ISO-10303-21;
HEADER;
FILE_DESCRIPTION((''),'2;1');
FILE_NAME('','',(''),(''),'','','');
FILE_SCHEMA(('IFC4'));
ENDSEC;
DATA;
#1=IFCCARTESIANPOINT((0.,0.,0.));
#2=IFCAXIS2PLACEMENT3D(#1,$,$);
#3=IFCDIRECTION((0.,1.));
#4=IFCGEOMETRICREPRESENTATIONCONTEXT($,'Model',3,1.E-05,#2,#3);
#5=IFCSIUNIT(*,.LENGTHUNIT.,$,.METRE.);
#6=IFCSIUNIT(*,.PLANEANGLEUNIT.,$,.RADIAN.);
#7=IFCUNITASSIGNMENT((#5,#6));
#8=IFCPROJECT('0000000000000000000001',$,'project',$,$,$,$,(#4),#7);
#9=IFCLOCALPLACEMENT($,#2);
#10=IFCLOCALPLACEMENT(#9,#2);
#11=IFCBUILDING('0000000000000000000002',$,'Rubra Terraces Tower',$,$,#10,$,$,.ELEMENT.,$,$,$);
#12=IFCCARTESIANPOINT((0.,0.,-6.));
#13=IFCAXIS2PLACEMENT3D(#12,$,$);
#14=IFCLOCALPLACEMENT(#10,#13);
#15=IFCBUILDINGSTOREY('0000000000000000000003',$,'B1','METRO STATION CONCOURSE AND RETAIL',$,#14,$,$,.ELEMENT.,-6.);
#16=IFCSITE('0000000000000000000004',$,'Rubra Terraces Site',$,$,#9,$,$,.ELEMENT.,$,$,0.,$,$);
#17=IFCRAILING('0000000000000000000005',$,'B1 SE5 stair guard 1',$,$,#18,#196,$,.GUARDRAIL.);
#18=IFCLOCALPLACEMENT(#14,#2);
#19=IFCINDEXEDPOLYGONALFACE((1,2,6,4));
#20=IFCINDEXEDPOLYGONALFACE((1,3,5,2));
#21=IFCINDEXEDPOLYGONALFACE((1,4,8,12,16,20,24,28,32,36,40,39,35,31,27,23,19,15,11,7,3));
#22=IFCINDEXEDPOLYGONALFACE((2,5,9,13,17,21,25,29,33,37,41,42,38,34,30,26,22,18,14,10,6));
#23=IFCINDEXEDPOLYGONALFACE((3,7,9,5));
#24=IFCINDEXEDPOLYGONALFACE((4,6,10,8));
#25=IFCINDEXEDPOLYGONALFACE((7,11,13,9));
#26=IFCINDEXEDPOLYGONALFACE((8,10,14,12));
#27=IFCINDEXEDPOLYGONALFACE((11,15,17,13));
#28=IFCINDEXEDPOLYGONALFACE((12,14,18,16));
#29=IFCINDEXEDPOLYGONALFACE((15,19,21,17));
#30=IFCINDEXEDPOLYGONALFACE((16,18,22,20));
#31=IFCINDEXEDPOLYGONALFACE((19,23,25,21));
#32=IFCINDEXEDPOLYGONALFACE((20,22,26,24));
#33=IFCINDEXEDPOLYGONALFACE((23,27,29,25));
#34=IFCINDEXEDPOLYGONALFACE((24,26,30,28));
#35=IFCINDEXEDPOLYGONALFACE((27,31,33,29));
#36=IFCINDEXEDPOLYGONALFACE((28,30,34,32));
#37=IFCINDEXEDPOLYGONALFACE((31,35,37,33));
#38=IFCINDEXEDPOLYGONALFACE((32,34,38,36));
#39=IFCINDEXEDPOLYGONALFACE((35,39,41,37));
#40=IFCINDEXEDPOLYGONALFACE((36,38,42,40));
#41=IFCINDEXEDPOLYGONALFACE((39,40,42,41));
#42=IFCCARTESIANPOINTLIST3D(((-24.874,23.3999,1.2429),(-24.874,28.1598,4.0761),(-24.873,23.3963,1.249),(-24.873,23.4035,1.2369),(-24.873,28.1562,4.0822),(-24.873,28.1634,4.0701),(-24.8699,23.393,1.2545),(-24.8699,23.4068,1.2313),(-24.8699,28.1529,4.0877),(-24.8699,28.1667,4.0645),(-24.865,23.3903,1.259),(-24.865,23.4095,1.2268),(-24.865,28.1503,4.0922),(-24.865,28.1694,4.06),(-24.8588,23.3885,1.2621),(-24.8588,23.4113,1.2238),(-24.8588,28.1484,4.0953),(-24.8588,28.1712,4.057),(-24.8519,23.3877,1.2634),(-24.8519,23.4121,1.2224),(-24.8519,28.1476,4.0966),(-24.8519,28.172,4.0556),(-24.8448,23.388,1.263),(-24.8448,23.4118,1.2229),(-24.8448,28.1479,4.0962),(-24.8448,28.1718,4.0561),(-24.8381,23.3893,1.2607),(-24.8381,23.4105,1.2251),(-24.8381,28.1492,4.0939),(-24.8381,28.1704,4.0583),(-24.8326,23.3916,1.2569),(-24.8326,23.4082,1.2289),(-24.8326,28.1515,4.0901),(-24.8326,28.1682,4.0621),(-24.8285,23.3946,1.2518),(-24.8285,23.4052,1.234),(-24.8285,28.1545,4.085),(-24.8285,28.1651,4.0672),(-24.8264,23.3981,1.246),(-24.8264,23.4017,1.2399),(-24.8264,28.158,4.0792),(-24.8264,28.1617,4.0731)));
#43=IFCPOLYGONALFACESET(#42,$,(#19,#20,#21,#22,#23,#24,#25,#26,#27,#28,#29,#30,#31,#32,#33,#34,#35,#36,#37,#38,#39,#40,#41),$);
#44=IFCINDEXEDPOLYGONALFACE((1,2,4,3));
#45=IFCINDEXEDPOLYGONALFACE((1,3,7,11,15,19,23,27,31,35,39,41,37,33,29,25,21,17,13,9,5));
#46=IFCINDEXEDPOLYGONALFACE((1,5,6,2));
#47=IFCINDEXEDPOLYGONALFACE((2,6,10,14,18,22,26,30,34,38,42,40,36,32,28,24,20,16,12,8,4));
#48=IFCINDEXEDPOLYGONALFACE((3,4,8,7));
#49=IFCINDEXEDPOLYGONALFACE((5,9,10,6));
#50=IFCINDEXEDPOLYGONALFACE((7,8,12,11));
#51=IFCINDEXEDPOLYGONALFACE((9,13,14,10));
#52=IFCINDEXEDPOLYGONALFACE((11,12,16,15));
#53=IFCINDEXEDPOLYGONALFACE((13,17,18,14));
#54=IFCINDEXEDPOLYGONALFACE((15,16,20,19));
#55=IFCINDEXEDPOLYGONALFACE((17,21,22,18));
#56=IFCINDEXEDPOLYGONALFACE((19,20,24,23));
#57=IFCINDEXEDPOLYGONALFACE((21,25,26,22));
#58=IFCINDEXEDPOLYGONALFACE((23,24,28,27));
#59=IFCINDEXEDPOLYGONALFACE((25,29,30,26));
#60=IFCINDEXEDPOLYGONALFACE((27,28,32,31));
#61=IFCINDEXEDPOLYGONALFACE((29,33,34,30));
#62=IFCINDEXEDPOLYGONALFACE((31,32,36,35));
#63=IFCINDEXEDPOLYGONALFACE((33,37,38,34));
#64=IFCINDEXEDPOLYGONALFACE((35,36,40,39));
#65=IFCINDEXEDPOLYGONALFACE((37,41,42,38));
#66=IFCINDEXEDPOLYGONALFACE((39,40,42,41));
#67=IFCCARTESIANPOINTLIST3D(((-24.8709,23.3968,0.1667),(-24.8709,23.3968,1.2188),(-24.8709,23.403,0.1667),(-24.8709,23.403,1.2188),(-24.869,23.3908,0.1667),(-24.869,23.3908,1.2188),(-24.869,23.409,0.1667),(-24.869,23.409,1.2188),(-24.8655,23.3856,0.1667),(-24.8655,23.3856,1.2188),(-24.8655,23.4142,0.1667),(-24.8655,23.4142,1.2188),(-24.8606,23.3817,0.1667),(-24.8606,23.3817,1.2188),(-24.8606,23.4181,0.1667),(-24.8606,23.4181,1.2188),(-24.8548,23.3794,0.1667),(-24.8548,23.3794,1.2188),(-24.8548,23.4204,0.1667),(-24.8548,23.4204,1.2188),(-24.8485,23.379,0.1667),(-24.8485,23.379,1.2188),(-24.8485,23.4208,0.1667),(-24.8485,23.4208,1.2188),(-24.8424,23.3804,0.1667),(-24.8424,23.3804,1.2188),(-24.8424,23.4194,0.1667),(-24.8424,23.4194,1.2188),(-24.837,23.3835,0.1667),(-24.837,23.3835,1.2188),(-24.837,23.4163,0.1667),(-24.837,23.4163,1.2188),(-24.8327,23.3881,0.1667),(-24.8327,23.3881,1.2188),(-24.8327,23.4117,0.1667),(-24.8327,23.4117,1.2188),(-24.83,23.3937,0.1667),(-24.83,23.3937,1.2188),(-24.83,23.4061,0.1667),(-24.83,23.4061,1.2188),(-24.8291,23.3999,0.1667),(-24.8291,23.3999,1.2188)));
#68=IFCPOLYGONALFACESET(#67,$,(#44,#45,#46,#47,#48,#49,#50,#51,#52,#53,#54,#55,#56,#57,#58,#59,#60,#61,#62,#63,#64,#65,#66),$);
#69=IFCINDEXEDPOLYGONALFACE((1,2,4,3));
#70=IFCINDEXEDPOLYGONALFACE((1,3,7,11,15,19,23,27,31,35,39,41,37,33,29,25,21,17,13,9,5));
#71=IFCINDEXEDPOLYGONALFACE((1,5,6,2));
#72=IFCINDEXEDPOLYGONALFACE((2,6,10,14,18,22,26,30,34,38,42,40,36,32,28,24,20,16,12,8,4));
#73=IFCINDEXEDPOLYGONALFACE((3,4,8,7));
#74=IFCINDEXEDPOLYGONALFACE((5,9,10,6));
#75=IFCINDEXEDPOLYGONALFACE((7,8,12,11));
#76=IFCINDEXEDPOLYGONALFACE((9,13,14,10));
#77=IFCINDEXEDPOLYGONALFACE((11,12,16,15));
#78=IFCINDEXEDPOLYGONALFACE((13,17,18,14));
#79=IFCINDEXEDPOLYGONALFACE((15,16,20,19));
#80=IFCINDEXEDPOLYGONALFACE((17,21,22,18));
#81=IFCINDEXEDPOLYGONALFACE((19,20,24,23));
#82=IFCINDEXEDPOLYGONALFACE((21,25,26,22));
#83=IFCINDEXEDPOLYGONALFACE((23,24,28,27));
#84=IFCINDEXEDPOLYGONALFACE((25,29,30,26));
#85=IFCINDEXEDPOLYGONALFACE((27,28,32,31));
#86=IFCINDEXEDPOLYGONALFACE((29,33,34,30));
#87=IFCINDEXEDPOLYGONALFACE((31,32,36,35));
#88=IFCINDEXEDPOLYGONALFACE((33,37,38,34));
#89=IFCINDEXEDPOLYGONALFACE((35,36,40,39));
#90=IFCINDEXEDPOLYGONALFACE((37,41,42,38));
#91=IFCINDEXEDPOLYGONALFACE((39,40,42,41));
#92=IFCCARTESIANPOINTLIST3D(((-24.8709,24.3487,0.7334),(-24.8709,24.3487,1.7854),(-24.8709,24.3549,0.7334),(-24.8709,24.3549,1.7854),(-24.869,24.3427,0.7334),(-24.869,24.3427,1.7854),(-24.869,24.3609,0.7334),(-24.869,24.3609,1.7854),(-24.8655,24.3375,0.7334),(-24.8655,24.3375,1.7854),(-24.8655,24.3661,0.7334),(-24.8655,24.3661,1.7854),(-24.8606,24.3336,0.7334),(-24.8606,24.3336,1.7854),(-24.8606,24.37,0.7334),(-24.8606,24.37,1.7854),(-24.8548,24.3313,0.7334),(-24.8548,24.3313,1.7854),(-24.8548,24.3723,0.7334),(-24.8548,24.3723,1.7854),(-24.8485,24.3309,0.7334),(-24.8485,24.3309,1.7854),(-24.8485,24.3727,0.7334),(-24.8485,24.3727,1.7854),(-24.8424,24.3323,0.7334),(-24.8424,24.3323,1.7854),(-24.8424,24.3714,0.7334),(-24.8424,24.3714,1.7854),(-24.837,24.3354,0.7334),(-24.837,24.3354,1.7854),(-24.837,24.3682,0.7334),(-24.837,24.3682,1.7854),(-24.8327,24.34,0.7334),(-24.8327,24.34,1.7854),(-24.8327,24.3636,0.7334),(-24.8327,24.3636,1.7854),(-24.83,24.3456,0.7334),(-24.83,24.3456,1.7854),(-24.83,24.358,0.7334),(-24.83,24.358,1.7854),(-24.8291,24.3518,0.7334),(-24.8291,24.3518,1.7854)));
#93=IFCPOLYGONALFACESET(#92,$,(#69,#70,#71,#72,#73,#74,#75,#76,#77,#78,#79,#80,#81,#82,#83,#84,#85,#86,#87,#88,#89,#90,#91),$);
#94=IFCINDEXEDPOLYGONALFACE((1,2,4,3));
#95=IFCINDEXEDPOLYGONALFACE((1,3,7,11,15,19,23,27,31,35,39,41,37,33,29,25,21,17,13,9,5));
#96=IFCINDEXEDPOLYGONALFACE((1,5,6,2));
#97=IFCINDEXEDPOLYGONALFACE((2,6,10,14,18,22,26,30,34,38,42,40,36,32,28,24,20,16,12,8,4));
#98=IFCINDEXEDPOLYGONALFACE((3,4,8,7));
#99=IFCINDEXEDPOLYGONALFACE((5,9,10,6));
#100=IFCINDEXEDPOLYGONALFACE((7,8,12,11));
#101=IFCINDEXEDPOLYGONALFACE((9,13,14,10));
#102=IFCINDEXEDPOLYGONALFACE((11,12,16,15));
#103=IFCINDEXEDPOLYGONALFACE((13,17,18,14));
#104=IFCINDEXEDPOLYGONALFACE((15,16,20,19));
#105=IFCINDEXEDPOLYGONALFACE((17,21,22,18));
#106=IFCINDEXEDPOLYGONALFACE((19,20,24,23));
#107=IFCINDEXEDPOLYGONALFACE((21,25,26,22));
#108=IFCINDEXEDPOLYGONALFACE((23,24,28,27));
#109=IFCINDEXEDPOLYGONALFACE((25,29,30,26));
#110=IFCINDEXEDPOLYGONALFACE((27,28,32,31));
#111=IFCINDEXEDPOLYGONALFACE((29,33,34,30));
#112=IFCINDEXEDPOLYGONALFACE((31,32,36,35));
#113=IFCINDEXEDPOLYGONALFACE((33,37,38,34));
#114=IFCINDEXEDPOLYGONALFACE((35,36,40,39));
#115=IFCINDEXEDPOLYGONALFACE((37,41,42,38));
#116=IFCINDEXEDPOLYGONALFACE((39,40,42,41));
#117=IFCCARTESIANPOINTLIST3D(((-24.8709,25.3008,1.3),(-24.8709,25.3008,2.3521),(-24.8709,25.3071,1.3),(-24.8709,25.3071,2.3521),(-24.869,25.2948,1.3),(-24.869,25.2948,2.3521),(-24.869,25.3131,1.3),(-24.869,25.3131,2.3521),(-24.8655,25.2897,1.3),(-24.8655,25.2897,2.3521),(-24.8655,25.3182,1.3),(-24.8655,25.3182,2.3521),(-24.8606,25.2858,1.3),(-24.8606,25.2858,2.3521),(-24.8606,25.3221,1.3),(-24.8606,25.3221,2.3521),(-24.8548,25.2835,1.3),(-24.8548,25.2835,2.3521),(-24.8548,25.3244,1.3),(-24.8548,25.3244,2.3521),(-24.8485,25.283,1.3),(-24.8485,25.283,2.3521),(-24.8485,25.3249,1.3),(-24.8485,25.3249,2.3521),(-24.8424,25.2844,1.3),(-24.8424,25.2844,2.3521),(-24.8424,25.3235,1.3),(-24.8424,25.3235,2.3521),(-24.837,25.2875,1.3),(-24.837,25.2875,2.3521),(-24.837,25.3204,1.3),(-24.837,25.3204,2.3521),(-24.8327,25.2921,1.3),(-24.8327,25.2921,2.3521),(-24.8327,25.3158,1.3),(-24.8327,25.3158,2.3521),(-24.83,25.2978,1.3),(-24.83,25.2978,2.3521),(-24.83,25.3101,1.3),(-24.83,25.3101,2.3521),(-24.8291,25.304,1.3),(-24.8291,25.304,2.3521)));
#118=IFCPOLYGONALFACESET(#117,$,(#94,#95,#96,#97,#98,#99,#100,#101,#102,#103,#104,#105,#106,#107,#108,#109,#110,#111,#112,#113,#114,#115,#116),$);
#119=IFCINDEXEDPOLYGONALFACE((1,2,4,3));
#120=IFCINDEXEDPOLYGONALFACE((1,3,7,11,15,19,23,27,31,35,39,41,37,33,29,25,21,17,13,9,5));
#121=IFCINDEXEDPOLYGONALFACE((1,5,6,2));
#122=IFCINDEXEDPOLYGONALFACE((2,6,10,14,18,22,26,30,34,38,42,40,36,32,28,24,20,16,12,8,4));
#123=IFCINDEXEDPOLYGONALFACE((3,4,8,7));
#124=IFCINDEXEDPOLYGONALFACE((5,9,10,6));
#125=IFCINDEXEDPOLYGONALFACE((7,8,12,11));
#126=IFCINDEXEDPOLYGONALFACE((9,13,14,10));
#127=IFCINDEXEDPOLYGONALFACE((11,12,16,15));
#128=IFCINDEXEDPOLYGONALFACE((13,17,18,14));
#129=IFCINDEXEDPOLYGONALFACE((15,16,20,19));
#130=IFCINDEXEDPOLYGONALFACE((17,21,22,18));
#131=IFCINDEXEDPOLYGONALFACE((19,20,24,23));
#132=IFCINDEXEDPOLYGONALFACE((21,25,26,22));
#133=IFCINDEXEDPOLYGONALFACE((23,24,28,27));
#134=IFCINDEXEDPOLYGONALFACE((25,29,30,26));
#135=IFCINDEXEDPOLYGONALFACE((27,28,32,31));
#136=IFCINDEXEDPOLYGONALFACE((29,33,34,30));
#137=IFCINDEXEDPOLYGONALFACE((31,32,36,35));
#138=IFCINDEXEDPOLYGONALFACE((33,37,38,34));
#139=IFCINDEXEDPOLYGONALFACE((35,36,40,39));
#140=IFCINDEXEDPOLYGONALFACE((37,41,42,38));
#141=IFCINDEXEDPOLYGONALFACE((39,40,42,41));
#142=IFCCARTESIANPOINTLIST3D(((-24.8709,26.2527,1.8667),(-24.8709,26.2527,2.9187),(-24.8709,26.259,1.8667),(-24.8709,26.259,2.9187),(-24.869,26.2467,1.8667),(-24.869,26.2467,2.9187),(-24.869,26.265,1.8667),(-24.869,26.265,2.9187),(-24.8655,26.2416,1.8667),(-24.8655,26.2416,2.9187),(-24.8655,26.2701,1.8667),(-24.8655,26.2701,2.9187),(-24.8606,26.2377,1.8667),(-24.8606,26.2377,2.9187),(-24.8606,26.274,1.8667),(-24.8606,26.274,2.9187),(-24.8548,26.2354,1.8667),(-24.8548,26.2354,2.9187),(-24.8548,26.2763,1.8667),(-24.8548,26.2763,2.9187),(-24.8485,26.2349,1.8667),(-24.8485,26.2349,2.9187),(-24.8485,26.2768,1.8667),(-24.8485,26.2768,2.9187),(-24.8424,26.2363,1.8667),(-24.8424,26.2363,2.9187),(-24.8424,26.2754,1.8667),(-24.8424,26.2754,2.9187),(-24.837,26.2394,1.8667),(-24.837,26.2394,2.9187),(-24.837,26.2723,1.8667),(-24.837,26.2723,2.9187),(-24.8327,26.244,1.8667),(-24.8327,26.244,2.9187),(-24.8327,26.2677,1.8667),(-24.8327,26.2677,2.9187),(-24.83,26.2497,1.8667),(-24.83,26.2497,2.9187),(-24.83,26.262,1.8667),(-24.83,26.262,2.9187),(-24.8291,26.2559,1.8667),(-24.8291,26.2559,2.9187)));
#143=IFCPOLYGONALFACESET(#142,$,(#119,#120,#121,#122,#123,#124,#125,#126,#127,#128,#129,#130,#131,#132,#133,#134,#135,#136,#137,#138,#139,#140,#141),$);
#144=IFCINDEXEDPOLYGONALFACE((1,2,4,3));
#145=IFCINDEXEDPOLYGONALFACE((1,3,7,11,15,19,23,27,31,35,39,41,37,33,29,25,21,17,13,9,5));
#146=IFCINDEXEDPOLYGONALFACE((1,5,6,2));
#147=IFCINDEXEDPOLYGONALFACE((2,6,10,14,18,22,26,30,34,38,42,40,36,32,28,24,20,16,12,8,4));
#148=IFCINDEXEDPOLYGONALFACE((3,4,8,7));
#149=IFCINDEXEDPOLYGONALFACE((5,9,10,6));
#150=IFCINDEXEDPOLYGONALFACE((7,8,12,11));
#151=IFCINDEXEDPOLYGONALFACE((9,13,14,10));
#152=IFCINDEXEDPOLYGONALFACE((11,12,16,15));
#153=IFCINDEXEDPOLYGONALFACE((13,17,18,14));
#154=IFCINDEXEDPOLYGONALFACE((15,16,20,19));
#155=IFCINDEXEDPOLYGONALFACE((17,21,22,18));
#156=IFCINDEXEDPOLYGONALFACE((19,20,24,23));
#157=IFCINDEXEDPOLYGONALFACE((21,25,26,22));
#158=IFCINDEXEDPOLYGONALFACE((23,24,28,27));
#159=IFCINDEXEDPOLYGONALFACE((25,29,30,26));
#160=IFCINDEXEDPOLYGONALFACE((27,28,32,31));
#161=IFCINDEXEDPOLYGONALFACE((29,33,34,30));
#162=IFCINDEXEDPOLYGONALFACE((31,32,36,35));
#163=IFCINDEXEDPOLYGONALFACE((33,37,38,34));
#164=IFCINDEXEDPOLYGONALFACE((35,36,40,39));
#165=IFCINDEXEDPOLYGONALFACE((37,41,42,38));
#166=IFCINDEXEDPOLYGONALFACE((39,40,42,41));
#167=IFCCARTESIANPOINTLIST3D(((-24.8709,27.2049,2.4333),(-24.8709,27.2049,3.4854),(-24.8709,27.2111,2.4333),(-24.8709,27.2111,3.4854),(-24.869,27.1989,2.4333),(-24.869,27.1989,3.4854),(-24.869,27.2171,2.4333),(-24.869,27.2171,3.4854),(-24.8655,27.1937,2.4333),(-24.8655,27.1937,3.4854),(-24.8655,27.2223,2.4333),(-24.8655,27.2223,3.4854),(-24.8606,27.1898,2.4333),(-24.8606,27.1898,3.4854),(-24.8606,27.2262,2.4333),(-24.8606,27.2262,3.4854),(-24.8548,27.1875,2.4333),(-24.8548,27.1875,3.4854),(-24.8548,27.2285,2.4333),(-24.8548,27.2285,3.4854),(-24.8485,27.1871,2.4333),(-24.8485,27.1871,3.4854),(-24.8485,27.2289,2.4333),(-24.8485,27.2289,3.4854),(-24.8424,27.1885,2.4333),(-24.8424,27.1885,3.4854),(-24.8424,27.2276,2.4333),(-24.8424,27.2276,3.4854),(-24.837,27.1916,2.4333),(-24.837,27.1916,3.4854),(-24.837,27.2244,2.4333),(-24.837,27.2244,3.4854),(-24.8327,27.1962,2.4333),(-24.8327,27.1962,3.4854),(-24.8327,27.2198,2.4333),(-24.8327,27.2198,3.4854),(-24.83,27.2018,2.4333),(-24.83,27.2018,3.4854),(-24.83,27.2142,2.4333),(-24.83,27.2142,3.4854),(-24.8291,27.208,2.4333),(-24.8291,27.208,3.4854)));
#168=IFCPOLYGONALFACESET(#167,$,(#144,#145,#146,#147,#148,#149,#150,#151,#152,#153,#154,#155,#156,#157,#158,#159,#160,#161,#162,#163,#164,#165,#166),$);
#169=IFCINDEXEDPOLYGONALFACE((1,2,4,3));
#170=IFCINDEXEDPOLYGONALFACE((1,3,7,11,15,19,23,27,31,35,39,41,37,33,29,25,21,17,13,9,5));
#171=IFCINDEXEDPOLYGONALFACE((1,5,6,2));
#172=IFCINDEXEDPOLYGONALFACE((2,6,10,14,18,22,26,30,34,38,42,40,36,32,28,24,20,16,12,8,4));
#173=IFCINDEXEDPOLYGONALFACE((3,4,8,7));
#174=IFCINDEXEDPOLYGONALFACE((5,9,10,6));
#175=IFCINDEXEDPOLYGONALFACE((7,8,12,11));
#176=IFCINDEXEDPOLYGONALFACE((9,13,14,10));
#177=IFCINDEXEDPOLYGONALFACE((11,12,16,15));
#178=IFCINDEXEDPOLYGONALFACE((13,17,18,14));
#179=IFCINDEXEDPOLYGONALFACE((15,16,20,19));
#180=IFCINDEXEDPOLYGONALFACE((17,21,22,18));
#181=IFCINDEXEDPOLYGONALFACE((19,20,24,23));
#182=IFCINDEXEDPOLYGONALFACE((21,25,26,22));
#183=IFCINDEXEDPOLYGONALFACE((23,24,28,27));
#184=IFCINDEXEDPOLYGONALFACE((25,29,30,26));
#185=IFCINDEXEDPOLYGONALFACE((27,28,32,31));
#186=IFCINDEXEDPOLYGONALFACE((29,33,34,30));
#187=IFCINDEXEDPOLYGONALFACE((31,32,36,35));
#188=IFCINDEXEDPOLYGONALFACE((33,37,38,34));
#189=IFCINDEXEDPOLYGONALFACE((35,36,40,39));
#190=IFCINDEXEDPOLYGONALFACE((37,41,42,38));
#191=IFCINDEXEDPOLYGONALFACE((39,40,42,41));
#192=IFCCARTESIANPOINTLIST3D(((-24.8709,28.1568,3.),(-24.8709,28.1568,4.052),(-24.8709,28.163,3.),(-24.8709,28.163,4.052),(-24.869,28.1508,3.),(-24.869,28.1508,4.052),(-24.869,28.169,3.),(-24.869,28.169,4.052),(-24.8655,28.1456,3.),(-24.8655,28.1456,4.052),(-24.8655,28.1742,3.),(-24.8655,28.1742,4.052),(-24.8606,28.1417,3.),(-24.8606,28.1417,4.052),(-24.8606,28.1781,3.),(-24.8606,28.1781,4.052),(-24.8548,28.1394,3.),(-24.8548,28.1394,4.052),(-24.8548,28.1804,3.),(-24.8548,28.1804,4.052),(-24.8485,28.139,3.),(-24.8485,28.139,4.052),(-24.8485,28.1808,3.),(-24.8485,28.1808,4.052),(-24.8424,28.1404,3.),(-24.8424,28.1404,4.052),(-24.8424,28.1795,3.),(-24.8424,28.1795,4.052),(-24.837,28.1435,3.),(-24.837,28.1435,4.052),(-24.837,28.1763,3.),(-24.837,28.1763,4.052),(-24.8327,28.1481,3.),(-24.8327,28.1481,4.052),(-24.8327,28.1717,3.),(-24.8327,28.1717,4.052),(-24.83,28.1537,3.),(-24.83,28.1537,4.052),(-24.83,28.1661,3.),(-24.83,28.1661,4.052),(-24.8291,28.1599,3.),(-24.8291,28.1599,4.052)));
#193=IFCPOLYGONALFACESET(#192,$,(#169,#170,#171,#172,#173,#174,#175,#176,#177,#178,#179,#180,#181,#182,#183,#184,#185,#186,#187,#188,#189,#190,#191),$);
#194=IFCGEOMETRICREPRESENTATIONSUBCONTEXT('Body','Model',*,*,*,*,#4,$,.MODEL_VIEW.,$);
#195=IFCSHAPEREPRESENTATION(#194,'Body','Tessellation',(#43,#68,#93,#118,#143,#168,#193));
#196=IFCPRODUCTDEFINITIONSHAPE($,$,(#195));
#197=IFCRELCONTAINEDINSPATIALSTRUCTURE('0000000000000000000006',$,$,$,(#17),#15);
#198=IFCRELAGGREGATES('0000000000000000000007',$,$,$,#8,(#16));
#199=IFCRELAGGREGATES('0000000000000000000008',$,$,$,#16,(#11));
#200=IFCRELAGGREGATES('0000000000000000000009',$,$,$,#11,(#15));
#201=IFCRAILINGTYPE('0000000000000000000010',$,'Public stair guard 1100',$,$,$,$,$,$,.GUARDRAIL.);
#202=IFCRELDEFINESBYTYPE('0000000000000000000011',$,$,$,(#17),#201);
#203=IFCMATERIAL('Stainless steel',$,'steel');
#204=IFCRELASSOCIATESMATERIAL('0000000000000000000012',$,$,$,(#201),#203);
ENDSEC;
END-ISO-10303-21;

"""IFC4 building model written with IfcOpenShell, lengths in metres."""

from ifc_helpers import new_model, si_unit, direction, frame, origin, origin_2d, place, context, subcontext, project, spatial, circle, extrude, material, type_object, element, save


model = new_model("IFC4")

# Units and contexts
model_context = context("Model", 3, precision=1e-05, world=origin(), true_north=direction((0.0, 1.0)))
body_context = subcontext(model_context, "Body", "Model", "MODEL_VIEW")
ifc_project = project(units=[si_unit("LENGTHUNIT", "METRE"), si_unit("PLANEANGLEUNIT", "RADIAN")], contexts=[model_context])

# Site, building, storey
site_placement = place(None, origin())
site = spatial("IfcSite", under=ifc_project, at=site_placement, Name="Rubra Terraces Site", CompositionType="ELEMENT", RefElevation=0.0)
building_placement = place(site_placement, origin())
building = spatial("IfcBuilding", under=site, at=building_placement, Name="Rubra Terraces Tower", CompositionType="ELEMENT")
storey_placement = place(building_placement, frame((0.0, 0.0, -6.0)))
storey = spatial("IfcBuildingStorey", under=building, at=storey_placement, Name="B1", Description="METRO STATION CONCOURSE AND RETAIL", CompositionType="ELEMENT", Elevation=-6.0)

# Railing
ifc_material_1 = material(Name="Stainless steel", Category="steel")
railing_type = type_object("IfcRailingType", Name="Public stair guard 1100", PredefinedType="GUARDRAIL", material=ifc_material_1)
railing_1_placement = place(storey_placement, frame((-24.8501, 23.3999, 0.1667)))
element("IfcRailing", 1, at=railing_1_placement, inside=storey, type_object=railing_type, Name="B1 SE5 stair guard 1", PredefinedType="GUARDRAIL", context=body_context, shape_type="SweptSolid", body=[
    extrude(circle(Radius=0.0239, at=origin_2d()), frame((0.0, 0.0, 1.0762), z_axis=(0.0, 0.8593, 0.511472), x_axis=(-1.0, 0.0, 0.0)), (0.0, 0.0, 1.0), 5.5393),
    extrude(circle(Radius=0.021, at=origin_2d()), origin(), (0.0, 0.0, 1.0), 1.052),
    extrude(circle(Radius=0.021, at=origin_2d()), frame((0.0, 0.9519, 0.5667)), (0.0, 0.0, 1.0), 1.052),
    extrude(circle(Radius=0.021, at=origin_2d()), frame((0.0, 1.9041, 1.1333)), (0.0, 0.0, 1.0), 1.052),
    extrude(circle(Radius=0.021, at=origin_2d()), frame((0.0, 2.856, 1.7)), (0.0, 0.0, 1.0), 1.052),
    extrude(circle(Radius=0.021, at=origin_2d()), frame((0.0, 3.8081, 2.2666)), (0.0, 0.0, 1.0), 1.052),
    extrude(circle(Radius=0.021, at=origin_2d()), frame((0.0, 4.76, 2.8333)), (0.0, 0.0, 1.0), 1.052),
])

save(model, "model.ifc")
